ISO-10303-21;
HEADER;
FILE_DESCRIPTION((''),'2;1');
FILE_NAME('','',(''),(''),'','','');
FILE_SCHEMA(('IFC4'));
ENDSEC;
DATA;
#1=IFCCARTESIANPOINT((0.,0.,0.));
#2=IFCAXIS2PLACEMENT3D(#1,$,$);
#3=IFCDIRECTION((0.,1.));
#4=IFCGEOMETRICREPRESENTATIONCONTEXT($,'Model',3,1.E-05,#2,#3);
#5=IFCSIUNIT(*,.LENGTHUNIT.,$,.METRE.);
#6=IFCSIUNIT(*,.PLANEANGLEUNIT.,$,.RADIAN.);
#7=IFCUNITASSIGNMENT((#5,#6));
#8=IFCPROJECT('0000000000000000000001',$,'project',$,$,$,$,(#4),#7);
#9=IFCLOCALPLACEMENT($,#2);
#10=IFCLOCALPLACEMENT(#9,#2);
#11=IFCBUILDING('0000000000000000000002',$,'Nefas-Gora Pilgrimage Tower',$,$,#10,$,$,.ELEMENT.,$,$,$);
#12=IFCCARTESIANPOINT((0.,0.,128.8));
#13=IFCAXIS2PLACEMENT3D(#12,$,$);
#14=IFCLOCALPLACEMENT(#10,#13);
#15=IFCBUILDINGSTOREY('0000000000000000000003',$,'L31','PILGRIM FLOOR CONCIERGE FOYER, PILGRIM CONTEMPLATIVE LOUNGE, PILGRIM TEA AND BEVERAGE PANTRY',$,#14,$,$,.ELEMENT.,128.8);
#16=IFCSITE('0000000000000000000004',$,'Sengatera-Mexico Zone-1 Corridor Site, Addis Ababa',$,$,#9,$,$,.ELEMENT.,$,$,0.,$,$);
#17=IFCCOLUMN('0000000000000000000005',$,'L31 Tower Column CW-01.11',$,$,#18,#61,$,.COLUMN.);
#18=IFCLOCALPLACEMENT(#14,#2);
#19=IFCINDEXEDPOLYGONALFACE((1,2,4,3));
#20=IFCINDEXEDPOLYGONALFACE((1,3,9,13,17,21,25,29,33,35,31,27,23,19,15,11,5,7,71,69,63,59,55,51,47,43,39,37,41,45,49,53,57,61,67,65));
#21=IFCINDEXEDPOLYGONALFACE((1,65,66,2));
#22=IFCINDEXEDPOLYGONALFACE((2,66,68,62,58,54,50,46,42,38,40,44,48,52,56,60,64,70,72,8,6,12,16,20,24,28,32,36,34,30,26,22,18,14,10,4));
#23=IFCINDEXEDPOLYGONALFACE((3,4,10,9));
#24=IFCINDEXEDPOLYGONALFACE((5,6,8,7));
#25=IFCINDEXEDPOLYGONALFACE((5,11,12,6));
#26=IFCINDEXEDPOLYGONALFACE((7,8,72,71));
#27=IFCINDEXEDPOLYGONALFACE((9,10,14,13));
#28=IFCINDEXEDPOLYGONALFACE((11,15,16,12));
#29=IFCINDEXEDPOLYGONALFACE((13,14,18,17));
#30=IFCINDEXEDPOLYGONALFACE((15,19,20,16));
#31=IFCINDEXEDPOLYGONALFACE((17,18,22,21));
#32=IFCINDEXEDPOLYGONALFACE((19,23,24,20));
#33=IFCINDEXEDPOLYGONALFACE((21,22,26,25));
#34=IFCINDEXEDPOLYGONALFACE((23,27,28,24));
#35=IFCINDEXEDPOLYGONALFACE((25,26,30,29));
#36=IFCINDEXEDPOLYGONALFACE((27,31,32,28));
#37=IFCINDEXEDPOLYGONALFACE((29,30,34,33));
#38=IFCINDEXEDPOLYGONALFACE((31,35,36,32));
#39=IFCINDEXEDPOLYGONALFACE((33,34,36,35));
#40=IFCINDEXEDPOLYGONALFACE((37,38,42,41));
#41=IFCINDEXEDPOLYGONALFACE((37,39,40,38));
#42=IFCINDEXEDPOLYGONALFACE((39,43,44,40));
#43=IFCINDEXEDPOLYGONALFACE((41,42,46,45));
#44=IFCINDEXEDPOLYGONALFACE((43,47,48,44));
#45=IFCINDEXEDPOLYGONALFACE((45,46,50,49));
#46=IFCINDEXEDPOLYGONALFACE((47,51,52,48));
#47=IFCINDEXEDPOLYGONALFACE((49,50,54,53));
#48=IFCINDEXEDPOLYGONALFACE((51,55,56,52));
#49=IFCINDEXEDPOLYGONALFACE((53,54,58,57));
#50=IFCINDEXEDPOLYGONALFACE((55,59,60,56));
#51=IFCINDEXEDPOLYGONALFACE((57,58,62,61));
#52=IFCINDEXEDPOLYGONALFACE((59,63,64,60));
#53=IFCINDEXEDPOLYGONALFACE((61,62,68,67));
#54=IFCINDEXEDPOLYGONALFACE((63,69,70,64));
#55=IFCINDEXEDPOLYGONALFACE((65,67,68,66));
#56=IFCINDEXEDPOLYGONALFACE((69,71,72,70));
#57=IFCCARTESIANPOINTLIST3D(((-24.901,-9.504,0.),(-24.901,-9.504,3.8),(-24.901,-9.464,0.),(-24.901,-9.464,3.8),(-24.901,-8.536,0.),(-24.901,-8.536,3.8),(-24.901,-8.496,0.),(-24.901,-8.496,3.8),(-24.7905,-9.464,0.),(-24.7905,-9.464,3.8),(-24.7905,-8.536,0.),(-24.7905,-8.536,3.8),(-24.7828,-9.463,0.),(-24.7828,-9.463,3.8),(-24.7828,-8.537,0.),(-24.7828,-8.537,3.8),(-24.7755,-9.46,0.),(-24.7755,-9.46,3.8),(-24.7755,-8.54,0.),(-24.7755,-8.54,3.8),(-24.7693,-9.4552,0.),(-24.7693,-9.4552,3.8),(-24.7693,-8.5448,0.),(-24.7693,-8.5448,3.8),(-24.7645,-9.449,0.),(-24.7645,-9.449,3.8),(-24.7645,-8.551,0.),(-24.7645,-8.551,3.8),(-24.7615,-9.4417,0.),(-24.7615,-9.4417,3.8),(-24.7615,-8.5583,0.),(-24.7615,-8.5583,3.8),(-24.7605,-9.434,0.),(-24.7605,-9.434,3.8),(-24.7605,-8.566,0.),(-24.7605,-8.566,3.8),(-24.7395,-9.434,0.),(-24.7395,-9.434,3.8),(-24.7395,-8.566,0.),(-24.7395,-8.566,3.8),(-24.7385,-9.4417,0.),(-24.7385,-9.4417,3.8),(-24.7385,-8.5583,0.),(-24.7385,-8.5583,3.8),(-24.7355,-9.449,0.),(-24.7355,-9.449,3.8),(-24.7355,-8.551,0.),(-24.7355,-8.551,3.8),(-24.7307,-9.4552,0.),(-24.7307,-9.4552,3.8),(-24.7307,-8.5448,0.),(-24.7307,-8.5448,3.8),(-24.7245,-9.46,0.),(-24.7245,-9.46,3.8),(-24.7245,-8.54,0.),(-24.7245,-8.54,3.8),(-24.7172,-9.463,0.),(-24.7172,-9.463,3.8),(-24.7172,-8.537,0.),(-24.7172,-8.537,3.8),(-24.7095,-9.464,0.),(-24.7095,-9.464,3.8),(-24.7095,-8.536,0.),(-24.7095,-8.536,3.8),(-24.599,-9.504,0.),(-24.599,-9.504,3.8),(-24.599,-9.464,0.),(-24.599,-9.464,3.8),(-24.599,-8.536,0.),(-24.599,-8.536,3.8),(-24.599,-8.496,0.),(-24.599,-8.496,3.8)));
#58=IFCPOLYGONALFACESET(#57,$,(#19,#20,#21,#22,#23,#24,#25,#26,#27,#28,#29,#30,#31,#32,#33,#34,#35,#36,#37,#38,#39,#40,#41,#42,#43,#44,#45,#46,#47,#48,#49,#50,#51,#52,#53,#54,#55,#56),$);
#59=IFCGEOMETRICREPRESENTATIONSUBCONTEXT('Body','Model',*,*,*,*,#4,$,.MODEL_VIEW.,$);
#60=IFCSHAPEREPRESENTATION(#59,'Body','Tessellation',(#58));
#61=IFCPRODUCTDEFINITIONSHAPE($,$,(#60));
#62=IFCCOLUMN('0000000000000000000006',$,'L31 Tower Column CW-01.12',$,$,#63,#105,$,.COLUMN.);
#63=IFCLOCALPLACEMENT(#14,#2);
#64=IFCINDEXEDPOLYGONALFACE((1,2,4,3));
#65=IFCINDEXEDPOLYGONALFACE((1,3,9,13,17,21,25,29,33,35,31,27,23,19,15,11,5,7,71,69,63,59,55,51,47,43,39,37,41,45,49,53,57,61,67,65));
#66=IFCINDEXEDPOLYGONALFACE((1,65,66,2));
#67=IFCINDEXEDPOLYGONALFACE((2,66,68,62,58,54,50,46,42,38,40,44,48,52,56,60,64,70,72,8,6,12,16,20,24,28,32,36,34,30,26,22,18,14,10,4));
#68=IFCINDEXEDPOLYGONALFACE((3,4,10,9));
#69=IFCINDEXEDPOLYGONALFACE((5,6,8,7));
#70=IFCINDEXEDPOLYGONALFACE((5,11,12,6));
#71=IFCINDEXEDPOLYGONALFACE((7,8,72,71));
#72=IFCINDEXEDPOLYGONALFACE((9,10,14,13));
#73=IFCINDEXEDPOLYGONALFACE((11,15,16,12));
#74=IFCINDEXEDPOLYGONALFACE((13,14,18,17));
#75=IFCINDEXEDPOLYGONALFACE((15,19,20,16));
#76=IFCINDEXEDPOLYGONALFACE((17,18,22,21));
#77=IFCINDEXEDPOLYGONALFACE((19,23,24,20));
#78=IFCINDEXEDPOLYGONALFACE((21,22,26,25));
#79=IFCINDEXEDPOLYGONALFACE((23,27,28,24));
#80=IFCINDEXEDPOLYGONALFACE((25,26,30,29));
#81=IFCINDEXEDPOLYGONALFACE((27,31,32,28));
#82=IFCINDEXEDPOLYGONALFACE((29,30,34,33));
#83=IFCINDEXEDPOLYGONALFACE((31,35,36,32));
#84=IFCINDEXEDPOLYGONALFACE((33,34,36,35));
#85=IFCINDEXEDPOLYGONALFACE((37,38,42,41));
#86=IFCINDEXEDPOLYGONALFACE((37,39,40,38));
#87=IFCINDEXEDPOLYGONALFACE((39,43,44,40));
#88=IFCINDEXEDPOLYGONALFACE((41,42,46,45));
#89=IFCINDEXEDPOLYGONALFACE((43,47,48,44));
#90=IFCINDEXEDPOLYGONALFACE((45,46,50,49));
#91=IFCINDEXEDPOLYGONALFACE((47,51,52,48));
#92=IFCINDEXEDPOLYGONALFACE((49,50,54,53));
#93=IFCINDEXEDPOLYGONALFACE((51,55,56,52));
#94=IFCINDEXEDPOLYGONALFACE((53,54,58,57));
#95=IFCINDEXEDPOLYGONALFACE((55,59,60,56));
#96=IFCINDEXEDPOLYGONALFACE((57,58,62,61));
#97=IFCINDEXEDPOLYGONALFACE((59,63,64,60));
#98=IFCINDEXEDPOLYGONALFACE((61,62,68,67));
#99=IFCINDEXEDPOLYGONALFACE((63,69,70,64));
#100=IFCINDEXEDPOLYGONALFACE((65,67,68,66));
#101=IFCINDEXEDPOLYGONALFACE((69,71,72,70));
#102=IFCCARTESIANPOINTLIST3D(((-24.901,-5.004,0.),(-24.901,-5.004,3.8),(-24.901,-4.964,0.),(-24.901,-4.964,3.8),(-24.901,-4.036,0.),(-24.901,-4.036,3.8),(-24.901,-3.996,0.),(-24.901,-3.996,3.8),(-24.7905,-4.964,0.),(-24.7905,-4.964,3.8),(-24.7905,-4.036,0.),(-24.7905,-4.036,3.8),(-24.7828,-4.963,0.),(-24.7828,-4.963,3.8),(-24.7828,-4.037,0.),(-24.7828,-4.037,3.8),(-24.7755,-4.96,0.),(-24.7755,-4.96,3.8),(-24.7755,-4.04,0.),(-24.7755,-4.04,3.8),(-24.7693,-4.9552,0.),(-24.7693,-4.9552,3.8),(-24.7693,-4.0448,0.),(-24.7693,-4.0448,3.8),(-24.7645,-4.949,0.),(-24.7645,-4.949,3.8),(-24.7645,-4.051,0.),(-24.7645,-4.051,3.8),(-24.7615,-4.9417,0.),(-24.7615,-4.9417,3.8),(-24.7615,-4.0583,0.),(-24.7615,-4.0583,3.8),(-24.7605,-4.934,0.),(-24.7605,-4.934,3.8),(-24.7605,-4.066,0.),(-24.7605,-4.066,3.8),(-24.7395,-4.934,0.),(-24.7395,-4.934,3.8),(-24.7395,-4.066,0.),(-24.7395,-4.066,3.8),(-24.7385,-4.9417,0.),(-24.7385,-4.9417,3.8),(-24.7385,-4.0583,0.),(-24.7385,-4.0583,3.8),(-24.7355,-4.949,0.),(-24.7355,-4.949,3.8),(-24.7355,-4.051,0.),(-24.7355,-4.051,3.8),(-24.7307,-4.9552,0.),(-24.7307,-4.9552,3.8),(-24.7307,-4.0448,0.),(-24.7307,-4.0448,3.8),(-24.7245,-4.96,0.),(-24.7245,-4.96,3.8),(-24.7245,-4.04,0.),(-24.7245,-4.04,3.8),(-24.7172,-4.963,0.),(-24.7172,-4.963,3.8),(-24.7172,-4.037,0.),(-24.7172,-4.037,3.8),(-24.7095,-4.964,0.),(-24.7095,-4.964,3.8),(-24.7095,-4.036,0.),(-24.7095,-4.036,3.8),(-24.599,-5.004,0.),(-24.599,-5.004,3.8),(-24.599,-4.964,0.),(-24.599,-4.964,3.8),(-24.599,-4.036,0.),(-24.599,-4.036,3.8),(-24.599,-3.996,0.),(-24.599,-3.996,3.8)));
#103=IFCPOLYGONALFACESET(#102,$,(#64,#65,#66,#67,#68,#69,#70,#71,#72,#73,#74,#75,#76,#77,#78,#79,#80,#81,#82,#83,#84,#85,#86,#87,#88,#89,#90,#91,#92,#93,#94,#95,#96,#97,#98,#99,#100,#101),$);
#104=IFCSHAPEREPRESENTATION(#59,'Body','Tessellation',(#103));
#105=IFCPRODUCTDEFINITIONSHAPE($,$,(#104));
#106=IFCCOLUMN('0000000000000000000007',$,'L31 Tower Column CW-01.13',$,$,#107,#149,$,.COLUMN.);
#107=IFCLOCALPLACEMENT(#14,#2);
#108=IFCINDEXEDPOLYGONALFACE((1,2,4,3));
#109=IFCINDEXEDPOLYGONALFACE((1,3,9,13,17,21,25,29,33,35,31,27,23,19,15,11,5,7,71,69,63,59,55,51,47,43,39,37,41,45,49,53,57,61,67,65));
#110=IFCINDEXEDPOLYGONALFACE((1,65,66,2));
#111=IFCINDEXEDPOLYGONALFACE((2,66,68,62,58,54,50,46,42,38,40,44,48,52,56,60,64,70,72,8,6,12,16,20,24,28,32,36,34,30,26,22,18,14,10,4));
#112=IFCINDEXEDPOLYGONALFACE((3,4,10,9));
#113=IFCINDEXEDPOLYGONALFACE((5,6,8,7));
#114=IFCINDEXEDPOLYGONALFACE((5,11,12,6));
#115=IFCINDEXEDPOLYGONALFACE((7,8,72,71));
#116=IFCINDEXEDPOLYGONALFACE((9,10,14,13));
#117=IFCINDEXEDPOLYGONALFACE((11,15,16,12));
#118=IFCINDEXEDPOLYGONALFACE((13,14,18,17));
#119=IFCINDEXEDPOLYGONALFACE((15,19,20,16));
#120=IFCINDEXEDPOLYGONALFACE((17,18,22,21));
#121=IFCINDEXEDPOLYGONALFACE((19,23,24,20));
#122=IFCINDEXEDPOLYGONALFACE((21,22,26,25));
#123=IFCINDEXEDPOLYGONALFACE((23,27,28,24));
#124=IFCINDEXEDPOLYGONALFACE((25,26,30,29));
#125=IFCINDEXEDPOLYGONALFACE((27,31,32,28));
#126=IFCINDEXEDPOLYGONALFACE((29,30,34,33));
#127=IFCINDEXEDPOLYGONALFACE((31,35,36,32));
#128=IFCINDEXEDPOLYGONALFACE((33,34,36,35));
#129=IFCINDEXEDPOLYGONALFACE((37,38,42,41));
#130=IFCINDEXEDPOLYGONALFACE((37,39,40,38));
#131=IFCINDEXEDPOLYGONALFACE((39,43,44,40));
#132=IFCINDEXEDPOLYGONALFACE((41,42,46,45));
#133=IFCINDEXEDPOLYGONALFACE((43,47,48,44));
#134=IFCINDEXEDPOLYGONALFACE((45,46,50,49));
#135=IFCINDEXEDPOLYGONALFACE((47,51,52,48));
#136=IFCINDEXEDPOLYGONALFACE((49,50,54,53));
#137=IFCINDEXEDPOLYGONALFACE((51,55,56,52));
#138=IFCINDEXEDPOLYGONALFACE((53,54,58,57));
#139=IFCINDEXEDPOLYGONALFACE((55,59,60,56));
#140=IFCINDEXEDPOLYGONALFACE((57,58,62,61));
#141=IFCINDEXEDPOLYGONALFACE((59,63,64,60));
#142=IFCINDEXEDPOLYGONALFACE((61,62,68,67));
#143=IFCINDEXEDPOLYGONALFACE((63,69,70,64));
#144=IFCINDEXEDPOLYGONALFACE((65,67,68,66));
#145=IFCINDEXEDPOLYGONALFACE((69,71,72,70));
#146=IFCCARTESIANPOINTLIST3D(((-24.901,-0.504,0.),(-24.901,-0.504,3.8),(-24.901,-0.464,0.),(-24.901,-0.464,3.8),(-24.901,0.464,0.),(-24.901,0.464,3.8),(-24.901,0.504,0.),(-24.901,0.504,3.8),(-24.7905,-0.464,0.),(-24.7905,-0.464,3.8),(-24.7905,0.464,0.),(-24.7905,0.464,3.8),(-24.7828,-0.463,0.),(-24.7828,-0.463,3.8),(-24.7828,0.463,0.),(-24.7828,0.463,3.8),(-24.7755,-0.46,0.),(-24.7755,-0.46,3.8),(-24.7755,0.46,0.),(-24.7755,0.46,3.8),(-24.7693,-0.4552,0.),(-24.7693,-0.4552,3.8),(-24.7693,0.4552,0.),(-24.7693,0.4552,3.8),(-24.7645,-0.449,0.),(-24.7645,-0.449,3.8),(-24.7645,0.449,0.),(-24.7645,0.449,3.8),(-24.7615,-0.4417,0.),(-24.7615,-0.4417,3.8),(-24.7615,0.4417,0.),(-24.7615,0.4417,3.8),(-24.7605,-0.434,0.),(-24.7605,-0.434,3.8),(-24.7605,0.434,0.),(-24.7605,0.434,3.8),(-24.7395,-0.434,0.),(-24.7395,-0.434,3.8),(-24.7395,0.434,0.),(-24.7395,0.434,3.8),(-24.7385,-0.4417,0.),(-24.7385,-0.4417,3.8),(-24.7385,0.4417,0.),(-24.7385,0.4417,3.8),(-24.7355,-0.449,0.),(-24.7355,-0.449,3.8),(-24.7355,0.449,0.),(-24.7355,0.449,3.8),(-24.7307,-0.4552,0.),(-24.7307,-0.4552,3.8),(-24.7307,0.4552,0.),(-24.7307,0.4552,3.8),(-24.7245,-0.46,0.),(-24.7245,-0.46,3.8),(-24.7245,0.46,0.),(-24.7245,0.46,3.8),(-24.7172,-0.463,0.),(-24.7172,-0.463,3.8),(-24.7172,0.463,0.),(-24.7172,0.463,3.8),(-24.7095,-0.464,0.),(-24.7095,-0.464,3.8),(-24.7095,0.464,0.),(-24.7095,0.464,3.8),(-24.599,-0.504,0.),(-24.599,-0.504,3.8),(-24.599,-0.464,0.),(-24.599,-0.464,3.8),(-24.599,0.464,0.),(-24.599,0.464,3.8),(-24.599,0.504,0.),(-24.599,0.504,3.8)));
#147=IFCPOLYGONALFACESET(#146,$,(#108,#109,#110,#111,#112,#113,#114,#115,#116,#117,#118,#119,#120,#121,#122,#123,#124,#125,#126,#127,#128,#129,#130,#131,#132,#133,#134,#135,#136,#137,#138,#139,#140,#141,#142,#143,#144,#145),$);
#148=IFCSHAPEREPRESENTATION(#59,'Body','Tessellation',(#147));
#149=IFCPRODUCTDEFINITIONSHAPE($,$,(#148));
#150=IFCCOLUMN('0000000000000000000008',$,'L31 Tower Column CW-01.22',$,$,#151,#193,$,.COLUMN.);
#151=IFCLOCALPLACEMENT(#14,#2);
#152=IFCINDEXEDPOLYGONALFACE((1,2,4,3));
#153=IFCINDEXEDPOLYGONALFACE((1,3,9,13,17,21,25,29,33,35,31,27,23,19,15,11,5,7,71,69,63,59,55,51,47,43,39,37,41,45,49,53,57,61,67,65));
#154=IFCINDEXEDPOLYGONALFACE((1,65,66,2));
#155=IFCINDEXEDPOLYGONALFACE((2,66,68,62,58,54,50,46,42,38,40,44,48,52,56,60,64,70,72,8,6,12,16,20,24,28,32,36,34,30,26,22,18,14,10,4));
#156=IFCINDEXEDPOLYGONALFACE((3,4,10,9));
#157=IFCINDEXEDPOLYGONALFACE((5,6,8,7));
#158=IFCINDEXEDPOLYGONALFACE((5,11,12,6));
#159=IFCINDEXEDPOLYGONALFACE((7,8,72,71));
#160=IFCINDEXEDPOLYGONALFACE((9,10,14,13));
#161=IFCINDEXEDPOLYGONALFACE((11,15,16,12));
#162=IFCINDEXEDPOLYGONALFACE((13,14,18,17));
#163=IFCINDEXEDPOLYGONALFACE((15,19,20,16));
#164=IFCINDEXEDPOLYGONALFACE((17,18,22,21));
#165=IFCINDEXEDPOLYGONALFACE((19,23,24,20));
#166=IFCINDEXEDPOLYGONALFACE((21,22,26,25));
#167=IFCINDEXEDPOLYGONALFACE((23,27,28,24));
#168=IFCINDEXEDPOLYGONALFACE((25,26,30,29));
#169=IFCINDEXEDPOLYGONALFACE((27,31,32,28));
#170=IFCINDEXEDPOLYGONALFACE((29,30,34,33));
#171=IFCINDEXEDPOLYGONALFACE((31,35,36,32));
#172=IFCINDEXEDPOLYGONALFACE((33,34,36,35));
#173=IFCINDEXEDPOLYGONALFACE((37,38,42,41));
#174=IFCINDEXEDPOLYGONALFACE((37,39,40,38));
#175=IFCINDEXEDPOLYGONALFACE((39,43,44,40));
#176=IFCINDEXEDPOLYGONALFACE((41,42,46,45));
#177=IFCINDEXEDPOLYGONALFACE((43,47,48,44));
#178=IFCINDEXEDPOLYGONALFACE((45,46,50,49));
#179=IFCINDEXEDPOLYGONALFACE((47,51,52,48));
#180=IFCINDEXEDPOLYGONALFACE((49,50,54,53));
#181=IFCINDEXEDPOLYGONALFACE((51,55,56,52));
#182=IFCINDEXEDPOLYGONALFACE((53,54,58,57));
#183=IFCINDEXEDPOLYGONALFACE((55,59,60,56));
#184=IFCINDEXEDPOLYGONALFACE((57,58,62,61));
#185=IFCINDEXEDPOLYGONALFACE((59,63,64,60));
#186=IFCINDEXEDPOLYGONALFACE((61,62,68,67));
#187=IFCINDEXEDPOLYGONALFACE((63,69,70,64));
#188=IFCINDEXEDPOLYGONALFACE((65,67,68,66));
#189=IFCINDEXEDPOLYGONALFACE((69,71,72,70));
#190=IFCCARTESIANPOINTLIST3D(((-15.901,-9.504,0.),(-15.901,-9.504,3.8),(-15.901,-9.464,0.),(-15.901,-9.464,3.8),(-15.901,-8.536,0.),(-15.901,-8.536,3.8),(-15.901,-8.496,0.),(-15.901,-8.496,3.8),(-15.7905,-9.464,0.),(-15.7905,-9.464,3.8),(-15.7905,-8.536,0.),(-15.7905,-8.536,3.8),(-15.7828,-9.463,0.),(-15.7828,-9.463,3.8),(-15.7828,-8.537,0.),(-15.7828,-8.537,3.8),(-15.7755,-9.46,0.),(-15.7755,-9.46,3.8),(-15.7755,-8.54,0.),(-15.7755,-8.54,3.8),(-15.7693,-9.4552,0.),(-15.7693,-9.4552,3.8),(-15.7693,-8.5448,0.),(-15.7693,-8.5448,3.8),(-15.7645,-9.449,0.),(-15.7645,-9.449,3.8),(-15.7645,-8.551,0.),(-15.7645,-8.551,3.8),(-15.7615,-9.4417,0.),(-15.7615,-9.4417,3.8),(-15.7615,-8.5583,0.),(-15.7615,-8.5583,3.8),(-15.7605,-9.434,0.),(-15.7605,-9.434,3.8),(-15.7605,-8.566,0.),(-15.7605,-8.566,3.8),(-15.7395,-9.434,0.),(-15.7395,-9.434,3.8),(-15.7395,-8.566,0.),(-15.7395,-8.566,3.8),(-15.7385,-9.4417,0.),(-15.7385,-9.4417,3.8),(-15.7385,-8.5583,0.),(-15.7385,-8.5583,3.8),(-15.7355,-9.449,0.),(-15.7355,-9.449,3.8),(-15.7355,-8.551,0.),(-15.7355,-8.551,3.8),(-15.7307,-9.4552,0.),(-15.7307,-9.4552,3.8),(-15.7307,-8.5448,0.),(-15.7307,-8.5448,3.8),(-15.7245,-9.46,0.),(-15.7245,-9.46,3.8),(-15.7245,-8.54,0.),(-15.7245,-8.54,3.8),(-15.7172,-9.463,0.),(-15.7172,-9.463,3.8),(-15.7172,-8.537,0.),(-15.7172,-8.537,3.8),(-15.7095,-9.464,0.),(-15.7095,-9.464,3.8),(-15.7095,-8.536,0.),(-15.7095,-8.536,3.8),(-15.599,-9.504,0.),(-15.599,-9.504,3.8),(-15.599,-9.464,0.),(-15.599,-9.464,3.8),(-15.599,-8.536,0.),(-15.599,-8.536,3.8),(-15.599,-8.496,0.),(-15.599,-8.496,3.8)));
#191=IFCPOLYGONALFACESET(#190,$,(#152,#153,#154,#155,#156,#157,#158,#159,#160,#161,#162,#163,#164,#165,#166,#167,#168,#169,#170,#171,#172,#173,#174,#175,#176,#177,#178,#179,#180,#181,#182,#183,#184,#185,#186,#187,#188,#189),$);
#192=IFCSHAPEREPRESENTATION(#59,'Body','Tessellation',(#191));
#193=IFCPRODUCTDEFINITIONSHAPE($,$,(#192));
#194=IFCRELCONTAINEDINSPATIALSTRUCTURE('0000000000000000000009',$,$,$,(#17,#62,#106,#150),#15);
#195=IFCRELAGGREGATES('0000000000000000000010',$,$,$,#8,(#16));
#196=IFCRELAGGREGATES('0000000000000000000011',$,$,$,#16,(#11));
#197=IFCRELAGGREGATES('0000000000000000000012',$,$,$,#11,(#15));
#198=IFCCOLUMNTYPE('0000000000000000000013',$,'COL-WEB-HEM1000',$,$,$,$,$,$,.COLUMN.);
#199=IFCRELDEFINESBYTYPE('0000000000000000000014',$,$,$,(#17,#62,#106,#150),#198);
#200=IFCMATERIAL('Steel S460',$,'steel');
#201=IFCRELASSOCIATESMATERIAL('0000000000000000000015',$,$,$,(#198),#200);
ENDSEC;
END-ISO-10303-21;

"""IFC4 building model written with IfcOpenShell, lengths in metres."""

from ifc_helpers import new_model, si_unit, direction, frame, origin, origin_2d, place, context, subcontext, project, spatial, i_section, extrude, source, transform, mapped, material, material_profile, profile_set, type_object, element, save


model = new_model("IFC4")

# Units and contexts
model_context = context("Model", 3, precision=1e-05, world=origin(), true_north=direction((0.0, 1.0)))
body_context = subcontext(model_context, "Body", "Model", "MODEL_VIEW")
ifc_project = project(units=[si_unit("LENGTHUNIT", "METRE"), si_unit("PLANEANGLEUNIT", "RADIAN")], contexts=[model_context])

# Site, building, storey
site_placement = place(None, origin())
site = spatial("IfcSite", under=ifc_project, at=site_placement, Name="Sengatera-Mexico Zone-1 Corridor Site, Addis Ababa", CompositionType="ELEMENT", RefElevation=0.0)
building_placement = place(site_placement, origin())
building = spatial("IfcBuilding", under=site, at=building_placement, Name="Nefas-Gora Pilgrimage Tower", CompositionType="ELEMENT")
storey_placement = place(building_placement, frame((0.0, 0.0, 128.8)))
storey = spatial("IfcBuildingStorey", under=building, at=storey_placement, Name="L31", Description="PILGRIM FLOOR CONCIERGE FOYER, PILGRIM CONTEMPLATIVE LOUNGE, PILGRIM TEA AND BEVERAGE PANTRY", CompositionType="ELEMENT", Elevation=128.8)

# Columns
ifc_material_1 = material(Name="Steel S460", Category="steel")
ifc_material_profile_1 = material_profile(ifc_material_1, i_section(OverallWidth=0.302, OverallDepth=1.0081, WebThickness=0.021, FlangeThickness=0.04, FilletRadius=0.03, at=origin_2d()), Name="HEM 1000")
ifc_profile_set_1 = profile_set([ifc_material_profile_1], Name="Steel S460")
column_type_1 = type_object("IfcColumnType", Name="COL-WEB-HEM1000", PredefinedType="COLUMN", material=ifc_profile_set_1)
shared_shape_1 = source(origin(), body_context, "Body", "SweptSolid", [
    extrude(i_section(OverallWidth=0.302, OverallDepth=1.0081, WebThickness=0.021, FlangeThickness=0.04, FilletRadius=0.03, at=origin_2d()), origin(), (0.0, 0.0, 1.0), 3.8),
])
for number, where, z_axis, x_axis, name in (
    (1, (-24.75, -9.0, 0.0), (0.0, 0.0, 1.0), (1.0, 0.0, 0.0), "L31 Tower Column CW-01.11"),
    (2, (-24.75, -4.5, 0.0), (0.0, 0.0, 1.0), (1.0, 0.0, 0.0), "L31 Tower Column CW-01.12"),
    (3, (-24.75, 0.0, 0.0), (0.0, 0.0, 1.0), (1.0, 0.0, 0.0), "L31 Tower Column CW-01.13"),
    (4, (-15.75, -9.0, 0.0), (0.0, 0.0, 1.0), (1.0, 0.0, 0.0), "L31 Tower Column CW-01.22"),
):
    element("IfcColumn", number, at=place(storey_placement, frame(where, z_axis=z_axis, x_axis=x_axis)), inside=storey, type_object=column_type_1, Name=name, PredefinedType="COLUMN", context=body_context, shape_type="MappedRepresentation", body=[
        mapped(shared_shape_1, transform((0.0, 0.0, 0.0), x_axis=(1.0, 0.0, 0.0), y_axis=(0.0, 1.0, 0.0), z_axis=(0.0, 0.0, 1.0), scale=1.0)),
    ])

save(model, "model.ifc")
